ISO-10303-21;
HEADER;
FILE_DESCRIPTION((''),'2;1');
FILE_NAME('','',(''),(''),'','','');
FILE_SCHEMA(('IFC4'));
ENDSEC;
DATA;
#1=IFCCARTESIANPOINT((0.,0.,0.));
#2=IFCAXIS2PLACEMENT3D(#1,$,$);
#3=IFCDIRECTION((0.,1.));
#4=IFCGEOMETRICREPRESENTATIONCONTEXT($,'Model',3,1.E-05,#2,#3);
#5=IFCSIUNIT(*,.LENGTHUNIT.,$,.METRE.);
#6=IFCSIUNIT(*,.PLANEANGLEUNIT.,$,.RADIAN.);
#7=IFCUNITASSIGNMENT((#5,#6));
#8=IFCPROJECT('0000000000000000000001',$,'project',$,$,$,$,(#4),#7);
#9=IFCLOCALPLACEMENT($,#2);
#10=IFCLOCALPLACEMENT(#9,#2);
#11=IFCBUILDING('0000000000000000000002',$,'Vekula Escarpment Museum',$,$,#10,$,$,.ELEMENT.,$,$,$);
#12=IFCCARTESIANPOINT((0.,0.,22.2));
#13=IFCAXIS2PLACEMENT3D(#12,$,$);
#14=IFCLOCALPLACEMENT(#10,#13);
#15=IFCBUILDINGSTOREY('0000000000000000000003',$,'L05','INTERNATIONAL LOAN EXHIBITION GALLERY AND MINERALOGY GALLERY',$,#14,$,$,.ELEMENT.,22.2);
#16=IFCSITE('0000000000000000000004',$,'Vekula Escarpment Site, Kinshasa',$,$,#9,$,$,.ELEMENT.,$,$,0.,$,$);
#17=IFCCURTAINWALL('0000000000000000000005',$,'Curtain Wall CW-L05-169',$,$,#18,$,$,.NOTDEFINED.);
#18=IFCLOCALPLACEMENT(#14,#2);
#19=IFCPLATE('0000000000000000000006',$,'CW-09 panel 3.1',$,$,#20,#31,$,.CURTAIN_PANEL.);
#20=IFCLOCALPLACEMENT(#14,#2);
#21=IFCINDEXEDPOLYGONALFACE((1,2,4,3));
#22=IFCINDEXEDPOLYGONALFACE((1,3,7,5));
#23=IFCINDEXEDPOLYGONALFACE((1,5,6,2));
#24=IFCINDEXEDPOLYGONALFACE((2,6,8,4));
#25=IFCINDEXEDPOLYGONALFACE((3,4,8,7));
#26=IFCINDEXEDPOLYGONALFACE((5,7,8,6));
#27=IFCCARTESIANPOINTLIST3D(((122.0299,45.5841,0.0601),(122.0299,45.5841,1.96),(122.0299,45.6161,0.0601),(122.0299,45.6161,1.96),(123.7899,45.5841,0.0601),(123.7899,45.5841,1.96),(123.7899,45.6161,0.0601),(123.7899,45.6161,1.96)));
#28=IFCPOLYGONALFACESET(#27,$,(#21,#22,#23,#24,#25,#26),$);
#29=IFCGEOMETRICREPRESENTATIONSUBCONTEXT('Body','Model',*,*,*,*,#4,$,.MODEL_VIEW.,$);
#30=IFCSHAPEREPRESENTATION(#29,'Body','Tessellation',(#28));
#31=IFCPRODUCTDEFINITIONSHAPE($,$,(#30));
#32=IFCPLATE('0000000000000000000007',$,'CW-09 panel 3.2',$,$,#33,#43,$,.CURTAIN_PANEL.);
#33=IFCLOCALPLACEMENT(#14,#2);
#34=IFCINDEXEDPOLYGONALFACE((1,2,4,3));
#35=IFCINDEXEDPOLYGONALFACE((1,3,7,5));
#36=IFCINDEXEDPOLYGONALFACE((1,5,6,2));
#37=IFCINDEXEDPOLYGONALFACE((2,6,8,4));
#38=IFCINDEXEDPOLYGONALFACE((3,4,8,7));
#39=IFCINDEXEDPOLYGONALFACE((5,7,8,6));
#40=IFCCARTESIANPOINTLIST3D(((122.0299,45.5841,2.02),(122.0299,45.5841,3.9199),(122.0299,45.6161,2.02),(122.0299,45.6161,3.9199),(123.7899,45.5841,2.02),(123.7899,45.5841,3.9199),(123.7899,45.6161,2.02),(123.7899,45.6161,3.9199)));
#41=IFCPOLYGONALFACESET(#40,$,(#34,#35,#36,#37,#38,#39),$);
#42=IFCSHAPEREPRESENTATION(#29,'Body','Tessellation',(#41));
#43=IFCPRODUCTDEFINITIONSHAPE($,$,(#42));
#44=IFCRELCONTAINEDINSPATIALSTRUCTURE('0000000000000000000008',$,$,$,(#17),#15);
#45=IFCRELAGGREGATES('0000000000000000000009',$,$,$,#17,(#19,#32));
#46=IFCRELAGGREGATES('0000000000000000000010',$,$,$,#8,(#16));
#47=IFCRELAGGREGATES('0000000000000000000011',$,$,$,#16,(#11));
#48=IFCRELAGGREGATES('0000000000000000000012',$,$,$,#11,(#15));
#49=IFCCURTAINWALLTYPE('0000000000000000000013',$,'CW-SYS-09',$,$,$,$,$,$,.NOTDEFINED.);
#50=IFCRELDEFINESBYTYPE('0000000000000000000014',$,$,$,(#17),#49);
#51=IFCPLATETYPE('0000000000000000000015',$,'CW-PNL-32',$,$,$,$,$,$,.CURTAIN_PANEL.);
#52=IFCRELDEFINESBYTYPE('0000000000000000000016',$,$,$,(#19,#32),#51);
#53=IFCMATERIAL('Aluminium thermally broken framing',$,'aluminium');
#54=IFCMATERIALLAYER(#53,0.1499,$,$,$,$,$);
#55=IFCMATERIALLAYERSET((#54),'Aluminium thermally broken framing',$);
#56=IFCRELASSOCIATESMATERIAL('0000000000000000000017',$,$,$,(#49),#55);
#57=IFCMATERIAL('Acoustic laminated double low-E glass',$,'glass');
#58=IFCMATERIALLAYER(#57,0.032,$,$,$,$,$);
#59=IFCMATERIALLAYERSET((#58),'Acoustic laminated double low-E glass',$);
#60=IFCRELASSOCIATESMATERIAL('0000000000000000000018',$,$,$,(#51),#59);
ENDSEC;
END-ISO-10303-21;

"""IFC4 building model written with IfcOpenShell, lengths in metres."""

from ifc_helpers import new_model, si_unit, direction, frame, origin, origin_2d, place, context, subcontext, project, spatial, rectangle, extrude, material, layer, layer_set, type_object, element, aggregate, save


model = new_model("IFC4")

# Units and contexts
model_context = context("Model", 3, precision=1e-05, world=origin(), true_north=direction((0.0, 1.0)))
body_context = subcontext(model_context, "Body", "Model", "MODEL_VIEW")
ifc_project = project(units=[si_unit("LENGTHUNIT", "METRE"), si_unit("PLANEANGLEUNIT", "RADIAN")], contexts=[model_context])

# Site, building, storey
site_placement = place(None, origin())
site = spatial("IfcSite", under=ifc_project, at=site_placement, Name="Vekula Escarpment Site, Kinshasa", CompositionType="ELEMENT", RefElevation=0.0)
building_placement = place(site_placement, origin())
building = spatial("IfcBuilding", under=site, at=building_placement, Name="Vekula Escarpment Museum", CompositionType="ELEMENT")
storey_placement = place(building_placement, frame((0.0, 0.0, 22.2)))
storey = spatial("IfcBuildingStorey", under=building, at=storey_placement, Name="L05", Description="INTERNATIONAL LOAN EXHIBITION GALLERY AND MINERALOGY GALLERY", CompositionType="ELEMENT", Elevation=22.2)

# Curtain wall
ifc_material_1 = material(Name="Aluminium thermally broken framing", Category="aluminium")
ifc_layer_1 = layer(ifc_material_1, 0.1499)
ifc_layer_set_1 = layer_set([ifc_layer_1], Name="Aluminium thermally broken framing")
curtain_wall_type = type_object("IfcCurtainWallType", Name="CW-SYS-09", PredefinedType="NOTDEFINED", material=ifc_layer_set_1)
curtain_wall_placement = place(storey_placement, origin())
curtain_wall = element("IfcCurtainWall", 1, at=curtain_wall_placement, inside=storey, type_object=curtain_wall_type, Name="Curtain Wall CW-L05-169", PredefinedType="NOTDEFINED")

# Plates
ifc_material_2 = material(Name="Acoustic laminated double low-E glass", Category="glass")
ifc_layer_2 = layer(ifc_material_2, 0.032)
ifc_layer_set_2 = layer_set([ifc_layer_2], Name="Acoustic laminated double low-E glass")
plate_type = type_object("IfcPlateType", Name="CW-PNL-32", PredefinedType="CURTAIN_PANEL", material=ifc_layer_set_2)
plate_1_placement = place(storey_placement, frame((122.9099, 45.6001, 0.0601), z_axis=(0.0, 0.0, 1.0), x_axis=(1.0, 0.0, 0.0)))
plate_1 = element("IfcPlate", 2, at=plate_1_placement, type_object=plate_type, Name="CW-09 panel 3.1", PredefinedType="CURTAIN_PANEL", context=body_context, shape_type="SweptSolid", body=[
    extrude(rectangle(XDim=1.76, YDim=0.032, at=origin_2d()), origin(), (0.0, 0.0, 1.0), 1.8999),
])
plate_2_placement = place(storey_placement, frame((122.9099, 45.6001, 2.02), z_axis=(0.0, 0.0, 1.0), x_axis=(1.0, 0.0, 0.0)))
plate_2 = element("IfcPlate", 3, at=plate_2_placement, type_object=plate_type, Name="CW-09 panel 3.2", PredefinedType="CURTAIN_PANEL", context=body_context, shape_type="SweptSolid", body=[
    extrude(rectangle(XDim=1.76, YDim=0.032, at=origin_2d()), origin(), (0.0, 0.0, 1.0), 1.8999),
])
aggregate(curtain_wall, [plate_1, plate_2])

save(model, "model.ifc")
